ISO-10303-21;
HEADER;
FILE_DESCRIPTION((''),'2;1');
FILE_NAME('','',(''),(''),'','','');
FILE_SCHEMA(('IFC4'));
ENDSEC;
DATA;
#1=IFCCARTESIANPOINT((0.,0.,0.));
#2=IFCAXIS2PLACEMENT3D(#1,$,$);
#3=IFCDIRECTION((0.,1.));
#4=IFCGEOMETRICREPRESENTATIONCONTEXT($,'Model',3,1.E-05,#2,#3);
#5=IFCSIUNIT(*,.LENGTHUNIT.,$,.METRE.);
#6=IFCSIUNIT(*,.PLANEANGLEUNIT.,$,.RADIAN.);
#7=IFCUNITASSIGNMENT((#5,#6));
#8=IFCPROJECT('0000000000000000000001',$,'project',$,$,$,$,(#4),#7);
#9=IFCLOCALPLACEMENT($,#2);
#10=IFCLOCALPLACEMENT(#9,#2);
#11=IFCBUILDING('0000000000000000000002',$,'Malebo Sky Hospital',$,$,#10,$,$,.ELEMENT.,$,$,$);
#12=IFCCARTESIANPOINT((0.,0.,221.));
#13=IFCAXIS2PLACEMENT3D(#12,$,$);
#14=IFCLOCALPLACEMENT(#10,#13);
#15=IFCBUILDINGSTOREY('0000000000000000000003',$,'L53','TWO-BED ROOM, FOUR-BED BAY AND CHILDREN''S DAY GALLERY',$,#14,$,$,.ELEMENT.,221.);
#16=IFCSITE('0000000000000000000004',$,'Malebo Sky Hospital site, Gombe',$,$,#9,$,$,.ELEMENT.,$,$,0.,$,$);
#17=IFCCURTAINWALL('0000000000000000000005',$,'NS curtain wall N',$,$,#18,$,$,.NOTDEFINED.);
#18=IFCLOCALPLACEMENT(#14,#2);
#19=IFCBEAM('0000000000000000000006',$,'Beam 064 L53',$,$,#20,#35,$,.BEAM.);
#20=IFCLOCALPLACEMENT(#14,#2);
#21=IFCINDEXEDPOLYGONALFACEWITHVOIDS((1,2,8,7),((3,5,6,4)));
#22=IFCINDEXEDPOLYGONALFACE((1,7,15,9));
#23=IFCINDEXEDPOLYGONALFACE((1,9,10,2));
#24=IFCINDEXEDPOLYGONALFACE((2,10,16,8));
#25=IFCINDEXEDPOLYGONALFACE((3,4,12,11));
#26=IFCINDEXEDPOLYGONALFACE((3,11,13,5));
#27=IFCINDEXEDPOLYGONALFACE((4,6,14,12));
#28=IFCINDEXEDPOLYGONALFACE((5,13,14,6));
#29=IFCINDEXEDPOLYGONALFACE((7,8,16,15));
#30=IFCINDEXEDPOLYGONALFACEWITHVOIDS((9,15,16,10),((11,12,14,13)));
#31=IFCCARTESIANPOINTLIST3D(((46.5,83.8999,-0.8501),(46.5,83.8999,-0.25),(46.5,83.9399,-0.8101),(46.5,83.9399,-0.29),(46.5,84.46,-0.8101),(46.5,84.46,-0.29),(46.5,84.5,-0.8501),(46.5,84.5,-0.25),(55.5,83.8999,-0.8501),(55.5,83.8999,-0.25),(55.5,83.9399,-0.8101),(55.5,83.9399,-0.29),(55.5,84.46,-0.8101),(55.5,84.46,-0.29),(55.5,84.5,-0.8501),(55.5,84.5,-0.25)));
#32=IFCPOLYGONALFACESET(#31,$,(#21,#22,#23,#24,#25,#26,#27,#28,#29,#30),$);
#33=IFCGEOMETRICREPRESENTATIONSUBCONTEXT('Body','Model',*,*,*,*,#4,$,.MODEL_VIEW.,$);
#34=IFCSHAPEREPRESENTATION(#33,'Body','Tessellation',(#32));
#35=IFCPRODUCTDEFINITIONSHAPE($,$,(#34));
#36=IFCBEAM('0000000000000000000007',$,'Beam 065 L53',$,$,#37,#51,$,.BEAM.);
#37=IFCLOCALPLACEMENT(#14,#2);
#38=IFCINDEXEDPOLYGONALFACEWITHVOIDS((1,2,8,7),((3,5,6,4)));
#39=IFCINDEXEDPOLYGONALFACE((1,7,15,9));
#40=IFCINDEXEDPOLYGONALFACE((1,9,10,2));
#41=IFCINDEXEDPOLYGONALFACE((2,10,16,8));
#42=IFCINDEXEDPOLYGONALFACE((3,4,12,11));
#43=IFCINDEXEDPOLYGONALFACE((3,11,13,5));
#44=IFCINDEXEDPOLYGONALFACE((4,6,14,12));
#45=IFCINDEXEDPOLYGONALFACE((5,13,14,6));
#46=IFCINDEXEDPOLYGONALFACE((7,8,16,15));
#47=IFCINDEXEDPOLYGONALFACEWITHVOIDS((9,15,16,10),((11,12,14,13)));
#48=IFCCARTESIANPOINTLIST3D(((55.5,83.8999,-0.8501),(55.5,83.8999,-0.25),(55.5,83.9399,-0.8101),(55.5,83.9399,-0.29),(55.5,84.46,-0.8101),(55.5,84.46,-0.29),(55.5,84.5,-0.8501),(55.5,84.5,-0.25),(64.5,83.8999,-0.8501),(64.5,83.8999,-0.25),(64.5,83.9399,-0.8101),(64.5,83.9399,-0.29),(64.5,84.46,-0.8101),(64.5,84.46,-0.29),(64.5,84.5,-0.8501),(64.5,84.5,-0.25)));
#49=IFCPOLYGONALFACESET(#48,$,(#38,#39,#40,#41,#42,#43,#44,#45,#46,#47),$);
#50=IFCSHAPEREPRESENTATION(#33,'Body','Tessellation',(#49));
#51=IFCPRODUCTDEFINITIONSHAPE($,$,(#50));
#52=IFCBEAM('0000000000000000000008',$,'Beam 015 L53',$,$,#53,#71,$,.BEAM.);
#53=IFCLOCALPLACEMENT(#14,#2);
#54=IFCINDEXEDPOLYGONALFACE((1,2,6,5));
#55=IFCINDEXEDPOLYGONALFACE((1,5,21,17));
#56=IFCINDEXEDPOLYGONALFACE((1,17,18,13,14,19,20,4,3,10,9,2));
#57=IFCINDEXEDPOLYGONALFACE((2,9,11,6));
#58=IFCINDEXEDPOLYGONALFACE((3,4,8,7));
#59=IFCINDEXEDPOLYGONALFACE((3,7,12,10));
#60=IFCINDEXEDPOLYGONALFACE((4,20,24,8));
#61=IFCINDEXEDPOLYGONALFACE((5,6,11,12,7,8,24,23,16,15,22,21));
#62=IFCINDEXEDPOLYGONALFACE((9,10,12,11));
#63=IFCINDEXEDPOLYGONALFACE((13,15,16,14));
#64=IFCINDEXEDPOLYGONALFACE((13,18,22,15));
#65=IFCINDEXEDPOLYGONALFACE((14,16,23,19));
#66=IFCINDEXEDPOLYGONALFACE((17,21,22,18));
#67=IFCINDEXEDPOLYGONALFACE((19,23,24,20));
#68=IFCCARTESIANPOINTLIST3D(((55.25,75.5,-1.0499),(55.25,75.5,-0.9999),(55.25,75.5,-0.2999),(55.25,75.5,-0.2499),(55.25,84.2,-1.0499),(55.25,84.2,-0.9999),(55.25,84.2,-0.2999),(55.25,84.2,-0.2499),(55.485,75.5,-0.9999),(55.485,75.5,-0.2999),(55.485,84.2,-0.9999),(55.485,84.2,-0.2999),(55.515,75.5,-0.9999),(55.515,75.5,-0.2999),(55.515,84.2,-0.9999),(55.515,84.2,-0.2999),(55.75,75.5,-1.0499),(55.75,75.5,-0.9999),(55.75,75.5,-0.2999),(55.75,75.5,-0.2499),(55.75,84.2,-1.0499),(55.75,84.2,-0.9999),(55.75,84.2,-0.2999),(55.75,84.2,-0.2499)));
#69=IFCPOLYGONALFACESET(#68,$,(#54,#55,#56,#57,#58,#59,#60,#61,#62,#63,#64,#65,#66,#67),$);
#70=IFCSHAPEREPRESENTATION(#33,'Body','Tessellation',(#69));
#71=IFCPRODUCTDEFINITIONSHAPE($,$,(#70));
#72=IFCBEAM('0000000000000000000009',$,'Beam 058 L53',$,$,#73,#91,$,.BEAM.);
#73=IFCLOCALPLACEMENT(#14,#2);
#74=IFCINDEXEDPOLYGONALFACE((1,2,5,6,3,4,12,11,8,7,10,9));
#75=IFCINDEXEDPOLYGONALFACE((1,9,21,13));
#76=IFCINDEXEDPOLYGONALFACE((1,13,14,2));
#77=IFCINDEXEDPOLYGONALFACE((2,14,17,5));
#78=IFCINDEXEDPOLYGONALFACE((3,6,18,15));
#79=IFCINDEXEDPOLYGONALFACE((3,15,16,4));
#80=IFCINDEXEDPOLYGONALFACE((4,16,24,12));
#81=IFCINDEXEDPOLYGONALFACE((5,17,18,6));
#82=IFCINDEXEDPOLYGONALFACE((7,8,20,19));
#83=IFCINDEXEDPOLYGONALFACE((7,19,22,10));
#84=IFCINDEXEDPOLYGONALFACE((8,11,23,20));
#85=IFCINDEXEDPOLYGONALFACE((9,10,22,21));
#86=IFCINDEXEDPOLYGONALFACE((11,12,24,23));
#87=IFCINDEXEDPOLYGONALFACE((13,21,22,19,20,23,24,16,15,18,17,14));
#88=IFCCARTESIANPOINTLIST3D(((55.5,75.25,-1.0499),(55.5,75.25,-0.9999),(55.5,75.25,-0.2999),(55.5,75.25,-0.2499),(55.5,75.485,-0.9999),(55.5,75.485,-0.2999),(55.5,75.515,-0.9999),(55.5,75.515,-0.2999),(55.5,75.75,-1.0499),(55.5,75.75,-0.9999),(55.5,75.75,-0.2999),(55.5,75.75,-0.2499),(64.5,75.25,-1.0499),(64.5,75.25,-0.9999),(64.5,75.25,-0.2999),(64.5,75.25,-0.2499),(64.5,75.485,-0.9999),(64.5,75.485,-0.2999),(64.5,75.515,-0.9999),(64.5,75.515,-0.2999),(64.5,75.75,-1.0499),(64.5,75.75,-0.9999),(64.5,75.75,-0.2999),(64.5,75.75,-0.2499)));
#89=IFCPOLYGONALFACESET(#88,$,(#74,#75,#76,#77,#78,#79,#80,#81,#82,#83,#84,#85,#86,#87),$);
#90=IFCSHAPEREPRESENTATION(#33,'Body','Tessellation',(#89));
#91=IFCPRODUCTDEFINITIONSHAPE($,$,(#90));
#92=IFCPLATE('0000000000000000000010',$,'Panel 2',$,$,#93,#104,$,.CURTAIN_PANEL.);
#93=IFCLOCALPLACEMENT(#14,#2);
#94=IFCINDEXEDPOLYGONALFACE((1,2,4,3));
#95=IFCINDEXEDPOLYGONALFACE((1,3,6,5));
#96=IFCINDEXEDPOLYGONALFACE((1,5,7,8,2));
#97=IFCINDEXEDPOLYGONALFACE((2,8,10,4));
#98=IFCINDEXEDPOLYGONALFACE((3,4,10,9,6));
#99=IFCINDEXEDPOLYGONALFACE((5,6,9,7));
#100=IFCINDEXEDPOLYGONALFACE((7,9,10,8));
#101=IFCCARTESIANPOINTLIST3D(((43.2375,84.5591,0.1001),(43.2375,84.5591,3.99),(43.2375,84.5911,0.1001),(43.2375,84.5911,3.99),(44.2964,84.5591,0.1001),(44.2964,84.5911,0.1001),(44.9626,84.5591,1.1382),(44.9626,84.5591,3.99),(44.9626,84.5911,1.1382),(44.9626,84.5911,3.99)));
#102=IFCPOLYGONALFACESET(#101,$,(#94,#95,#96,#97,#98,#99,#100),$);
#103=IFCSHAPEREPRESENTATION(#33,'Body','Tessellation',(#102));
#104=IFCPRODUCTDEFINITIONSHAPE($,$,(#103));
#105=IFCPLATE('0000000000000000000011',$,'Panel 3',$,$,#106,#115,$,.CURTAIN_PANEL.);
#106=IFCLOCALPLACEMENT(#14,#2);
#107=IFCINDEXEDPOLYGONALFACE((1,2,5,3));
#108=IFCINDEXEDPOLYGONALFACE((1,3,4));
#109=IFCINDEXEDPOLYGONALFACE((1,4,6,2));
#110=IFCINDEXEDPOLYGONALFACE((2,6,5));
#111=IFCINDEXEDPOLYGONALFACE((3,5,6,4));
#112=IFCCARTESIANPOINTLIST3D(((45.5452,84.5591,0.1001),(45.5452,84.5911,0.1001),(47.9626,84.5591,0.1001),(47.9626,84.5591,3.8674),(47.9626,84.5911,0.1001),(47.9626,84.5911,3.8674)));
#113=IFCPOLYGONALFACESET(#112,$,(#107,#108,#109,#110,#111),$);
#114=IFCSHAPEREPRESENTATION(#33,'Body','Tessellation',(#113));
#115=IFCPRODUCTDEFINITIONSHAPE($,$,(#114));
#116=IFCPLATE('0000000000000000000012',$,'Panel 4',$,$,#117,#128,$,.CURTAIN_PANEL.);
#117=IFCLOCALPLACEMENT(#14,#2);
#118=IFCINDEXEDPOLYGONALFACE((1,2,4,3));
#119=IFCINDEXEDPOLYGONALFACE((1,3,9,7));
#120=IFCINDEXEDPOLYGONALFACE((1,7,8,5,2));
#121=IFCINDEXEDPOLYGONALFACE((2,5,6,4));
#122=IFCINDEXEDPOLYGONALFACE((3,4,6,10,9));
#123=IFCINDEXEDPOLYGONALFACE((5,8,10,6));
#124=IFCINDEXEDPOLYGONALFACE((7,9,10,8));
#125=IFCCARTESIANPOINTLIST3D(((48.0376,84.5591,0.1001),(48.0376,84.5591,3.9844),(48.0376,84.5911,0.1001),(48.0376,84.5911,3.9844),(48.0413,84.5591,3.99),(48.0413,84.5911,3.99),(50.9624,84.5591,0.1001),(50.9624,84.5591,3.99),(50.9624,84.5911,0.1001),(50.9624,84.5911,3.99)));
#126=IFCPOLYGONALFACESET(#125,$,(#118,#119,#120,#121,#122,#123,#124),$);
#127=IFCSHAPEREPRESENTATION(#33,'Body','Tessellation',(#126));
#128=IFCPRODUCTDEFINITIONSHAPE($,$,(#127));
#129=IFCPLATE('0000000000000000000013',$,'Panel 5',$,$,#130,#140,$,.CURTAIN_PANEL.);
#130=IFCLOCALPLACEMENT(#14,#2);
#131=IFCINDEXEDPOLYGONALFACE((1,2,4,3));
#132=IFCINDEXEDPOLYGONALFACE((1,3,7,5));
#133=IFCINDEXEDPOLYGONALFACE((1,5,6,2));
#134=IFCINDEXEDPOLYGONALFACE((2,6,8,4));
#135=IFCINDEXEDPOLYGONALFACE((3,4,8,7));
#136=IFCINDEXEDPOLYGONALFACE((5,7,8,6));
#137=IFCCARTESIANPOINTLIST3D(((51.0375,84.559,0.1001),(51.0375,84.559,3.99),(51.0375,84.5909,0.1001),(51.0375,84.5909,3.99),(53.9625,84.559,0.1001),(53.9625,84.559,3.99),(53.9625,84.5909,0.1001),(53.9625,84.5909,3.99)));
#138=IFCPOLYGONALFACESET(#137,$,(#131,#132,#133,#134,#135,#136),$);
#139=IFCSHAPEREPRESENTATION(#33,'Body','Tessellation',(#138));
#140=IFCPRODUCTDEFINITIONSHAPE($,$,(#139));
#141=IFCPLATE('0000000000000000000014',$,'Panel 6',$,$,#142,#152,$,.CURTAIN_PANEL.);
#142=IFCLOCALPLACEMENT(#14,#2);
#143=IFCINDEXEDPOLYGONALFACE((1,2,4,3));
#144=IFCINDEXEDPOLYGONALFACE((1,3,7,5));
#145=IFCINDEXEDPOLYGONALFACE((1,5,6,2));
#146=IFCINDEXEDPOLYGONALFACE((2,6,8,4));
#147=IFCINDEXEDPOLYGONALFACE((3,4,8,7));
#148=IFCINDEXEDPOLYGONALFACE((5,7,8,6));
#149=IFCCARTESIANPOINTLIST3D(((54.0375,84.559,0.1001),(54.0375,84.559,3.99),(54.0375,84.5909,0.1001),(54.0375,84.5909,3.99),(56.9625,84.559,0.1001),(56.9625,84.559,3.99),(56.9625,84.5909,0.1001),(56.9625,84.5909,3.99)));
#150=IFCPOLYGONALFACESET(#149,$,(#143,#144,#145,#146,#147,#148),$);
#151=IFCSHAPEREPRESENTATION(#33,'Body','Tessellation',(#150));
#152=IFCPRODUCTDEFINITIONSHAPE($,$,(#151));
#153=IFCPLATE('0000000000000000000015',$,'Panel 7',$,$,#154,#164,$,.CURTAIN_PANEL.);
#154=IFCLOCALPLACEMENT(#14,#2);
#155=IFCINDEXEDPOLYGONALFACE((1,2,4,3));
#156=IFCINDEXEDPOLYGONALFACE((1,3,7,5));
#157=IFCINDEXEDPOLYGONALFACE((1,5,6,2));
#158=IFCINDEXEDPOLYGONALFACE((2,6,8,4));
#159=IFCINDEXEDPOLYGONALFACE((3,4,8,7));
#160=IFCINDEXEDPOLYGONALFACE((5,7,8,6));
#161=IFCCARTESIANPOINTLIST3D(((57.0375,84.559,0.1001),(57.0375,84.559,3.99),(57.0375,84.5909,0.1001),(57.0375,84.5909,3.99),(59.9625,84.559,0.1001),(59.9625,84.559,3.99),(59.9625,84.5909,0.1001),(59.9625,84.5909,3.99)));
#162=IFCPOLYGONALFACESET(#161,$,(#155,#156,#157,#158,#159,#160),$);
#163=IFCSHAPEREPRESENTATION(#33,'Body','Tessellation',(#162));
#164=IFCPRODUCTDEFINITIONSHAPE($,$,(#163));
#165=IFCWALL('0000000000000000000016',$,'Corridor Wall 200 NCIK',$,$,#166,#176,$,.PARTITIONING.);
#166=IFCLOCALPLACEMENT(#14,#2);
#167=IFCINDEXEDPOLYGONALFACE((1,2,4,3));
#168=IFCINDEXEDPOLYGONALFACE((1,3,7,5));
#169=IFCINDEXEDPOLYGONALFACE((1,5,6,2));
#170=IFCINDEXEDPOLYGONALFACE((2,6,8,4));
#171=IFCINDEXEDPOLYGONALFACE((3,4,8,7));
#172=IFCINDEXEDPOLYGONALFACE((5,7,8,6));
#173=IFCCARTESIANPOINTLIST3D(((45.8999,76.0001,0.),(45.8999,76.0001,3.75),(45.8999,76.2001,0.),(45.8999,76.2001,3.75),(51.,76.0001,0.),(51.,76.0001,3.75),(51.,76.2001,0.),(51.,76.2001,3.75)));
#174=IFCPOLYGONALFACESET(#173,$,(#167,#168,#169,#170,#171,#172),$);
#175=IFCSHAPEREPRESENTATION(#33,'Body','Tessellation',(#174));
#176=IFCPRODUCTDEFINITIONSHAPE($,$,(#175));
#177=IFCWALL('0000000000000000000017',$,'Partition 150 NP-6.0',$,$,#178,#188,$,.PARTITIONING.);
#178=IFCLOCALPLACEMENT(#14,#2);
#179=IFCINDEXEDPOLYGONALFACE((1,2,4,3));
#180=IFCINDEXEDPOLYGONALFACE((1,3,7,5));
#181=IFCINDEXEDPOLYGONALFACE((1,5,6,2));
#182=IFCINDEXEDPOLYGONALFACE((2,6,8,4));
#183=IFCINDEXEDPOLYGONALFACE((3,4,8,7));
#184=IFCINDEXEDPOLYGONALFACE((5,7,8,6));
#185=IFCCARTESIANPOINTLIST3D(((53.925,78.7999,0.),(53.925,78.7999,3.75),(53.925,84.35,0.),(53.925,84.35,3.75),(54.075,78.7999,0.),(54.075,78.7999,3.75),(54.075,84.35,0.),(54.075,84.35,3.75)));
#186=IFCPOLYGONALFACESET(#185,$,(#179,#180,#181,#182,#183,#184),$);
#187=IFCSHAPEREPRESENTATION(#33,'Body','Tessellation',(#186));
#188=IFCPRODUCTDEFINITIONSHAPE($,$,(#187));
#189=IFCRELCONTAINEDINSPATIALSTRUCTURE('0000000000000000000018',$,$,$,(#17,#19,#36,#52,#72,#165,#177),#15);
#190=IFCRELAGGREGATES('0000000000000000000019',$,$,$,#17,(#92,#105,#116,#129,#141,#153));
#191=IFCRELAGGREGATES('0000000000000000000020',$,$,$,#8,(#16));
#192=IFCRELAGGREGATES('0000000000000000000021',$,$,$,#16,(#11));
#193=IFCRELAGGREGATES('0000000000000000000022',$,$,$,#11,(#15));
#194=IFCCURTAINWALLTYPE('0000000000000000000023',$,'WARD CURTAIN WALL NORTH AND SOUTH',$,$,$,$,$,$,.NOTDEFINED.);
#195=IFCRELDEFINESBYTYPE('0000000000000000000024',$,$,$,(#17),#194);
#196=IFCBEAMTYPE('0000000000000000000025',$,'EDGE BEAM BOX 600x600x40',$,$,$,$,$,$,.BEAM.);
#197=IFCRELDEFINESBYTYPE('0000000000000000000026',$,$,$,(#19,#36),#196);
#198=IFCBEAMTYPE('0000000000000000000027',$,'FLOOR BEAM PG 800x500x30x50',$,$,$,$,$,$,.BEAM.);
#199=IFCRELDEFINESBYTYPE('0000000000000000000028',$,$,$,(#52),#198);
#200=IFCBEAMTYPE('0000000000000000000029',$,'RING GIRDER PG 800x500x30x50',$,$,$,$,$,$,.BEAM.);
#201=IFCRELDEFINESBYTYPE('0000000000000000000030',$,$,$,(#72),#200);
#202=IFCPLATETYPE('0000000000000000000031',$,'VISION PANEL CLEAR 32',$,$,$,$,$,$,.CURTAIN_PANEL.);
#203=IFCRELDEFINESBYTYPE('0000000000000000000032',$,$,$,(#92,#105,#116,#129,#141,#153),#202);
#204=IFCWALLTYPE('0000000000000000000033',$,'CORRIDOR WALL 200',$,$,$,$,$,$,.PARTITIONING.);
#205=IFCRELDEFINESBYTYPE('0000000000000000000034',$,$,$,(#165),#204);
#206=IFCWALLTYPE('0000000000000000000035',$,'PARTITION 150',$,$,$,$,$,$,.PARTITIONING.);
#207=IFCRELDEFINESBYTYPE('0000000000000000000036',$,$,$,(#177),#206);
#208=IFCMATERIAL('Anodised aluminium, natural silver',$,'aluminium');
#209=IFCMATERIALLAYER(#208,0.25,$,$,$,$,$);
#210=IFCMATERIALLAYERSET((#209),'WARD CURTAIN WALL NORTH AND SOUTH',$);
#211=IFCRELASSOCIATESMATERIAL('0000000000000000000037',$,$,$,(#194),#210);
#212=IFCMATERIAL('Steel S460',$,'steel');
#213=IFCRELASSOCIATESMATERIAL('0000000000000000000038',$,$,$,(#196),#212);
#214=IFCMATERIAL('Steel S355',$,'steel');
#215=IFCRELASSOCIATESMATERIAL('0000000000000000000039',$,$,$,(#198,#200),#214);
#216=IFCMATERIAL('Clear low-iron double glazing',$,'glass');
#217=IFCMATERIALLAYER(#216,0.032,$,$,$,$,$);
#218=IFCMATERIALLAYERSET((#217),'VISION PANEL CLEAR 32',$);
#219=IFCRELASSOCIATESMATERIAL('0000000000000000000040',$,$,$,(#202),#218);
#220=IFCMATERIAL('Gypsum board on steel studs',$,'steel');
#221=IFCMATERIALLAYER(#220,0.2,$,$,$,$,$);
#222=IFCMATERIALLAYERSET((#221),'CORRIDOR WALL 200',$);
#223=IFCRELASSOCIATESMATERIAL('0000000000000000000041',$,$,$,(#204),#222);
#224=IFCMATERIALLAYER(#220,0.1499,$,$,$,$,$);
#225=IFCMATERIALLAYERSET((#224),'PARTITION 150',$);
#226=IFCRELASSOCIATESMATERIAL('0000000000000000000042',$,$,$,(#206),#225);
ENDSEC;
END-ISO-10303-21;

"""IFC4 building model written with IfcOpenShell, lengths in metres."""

from ifc_helpers import new_model, si_unit, direction, frame, frame_2d, origin, origin_2d, place, context, subcontext, project, spatial, polyline, rectangle, hollow_rectangle, i_section, outline, extrude, material, layer, layer_set, material_profile, profile_set, type_object, element, aggregate, save


model = new_model("IFC4")

# Units and contexts
model_context = context("Model", 3, precision=1e-05, world=origin(), true_north=direction((0.0, 1.0)))
body_context = subcontext(model_context, "Body", "Model", "MODEL_VIEW")
ifc_project = project(units=[si_unit("LENGTHUNIT", "METRE"), si_unit("PLANEANGLEUNIT", "RADIAN")], contexts=[model_context])

# Site, building, storey
site_placement = place(None, origin())
site = spatial("IfcSite", under=ifc_project, at=site_placement, Name="Malebo Sky Hospital site, Gombe", CompositionType="ELEMENT", RefElevation=0.0)
building_placement = place(site_placement, origin())
building = spatial("IfcBuilding", under=site, at=building_placement, Name="Malebo Sky Hospital", CompositionType="ELEMENT")
storey_placement = place(building_placement, frame((0.0, 0.0, 221.0)))
storey = spatial("IfcBuildingStorey", under=building, at=storey_placement, Name="L53", Description="TWO-BED ROOM, FOUR-BED BAY AND CHILDREN'S DAY GALLERY", CompositionType="ELEMENT", Elevation=221.0)

# Shared definitions
ifc_material_1 = material(Name="Steel S460", Category="steel")

# Curtain wall
ifc_material_2 = material(Name="Anodised aluminium, natural silver", Category="aluminium")
ifc_layer_1 = layer(ifc_material_2, 0.25)
ifc_layer_set_1 = layer_set([ifc_layer_1], Name="WARD CURTAIN WALL NORTH AND SOUTH")
curtain_wall_type = type_object("IfcCurtainWallType", Name="WARD CURTAIN WALL NORTH AND SOUTH", PredefinedType="NOTDEFINED", material=ifc_layer_set_1)
curtain_wall_placement = place(storey_placement, origin())
curtain_wall = element("IfcCurtainWall", 1, at=curtain_wall_placement, inside=storey, type_object=curtain_wall_type, Name="NS curtain wall N", PredefinedType="NOTDEFINED")

# Shared definitions
ifc_material_3 = material(Name="Steel S355", Category="steel")

# Beams
ifc_material_profile_1 = material_profile(ifc_material_1, hollow_rectangle(XDim=0.6001, YDim=0.6001, WallThickness=0.04, at=origin_2d()), Name="BOX 600x600x40")
ifc_profile_set_1 = profile_set([ifc_material_profile_1], Name="Steel S460")
beam_type_1 = type_object("IfcBeamType", Name="EDGE BEAM BOX 600x600x40", PredefinedType="BEAM", material=ifc_profile_set_1)
for number, where, z_axis, x_axis, name in (
    (2, (46.5, 84.2, -0.55), (1.0, 0.0, 0.0), (0.0, 1.0, 0.0), "Beam 064 L53"),
    (3, (55.5, 84.2, -0.55), (1.0, 0.0, 0.0), (0.0, 1.0, 0.0), "Beam 065 L53"),
):
    element("IfcBeam", number, at=place(storey_placement, frame(where, z_axis=z_axis, x_axis=x_axis)), inside=storey, type_object=beam_type_1, Name=name, PredefinedType="BEAM", context=body_context, shape_type="SweptSolid", body=[
        extrude(hollow_rectangle(XDim=0.6001, YDim=0.6001, WallThickness=0.04, at=origin_2d()), origin(), (0.0, 0.0, 1.0), 9.0),
    ])
ifc_material_profile_2 = material_profile(ifc_material_3, i_section(OverallWidth=0.5, OverallDepth=0.8, WebThickness=0.03, FlangeThickness=0.05, at=origin_2d()), Name="PG 800x500x30x50")
ifc_profile_set_2 = profile_set([ifc_material_profile_2], Name="Steel S355")
beam_type_2 = type_object("IfcBeamType", Name="FLOOR BEAM PG 800x500x30x50", PredefinedType="BEAM", material=ifc_profile_set_2)
beam_1_placement = place(storey_placement, frame((55.5, 75.5, -0.6499), z_axis=(0.0, 1.0, 0.0), x_axis=(-1.0, 0.0, 0.0)))
element("IfcBeam", 4, at=beam_1_placement, inside=storey, type_object=beam_type_2, Name="Beam 015 L53", PredefinedType="BEAM", context=body_context, shape_type="SweptSolid", body=[
    extrude(i_section(OverallWidth=0.5, OverallDepth=0.8, WebThickness=0.03, FlangeThickness=0.05, at=origin_2d()), origin(), (0.0, 0.0, 1.0), 8.7),
])
ifc_material_profile_3 = material_profile(ifc_material_3, i_section(OverallWidth=0.5, OverallDepth=0.8, WebThickness=0.03, FlangeThickness=0.05, at=origin_2d()), Name="PG 800x500x30x50")
ifc_profile_set_3 = profile_set([ifc_material_profile_3], Name="Steel S355")
beam_type_3 = type_object("IfcBeamType", Name="RING GIRDER PG 800x500x30x50", PredefinedType="BEAM", material=ifc_profile_set_3)
beam_2_placement = place(storey_placement, frame((55.5, 75.5, -0.6499), z_axis=(1.0, 0.0, 0.0), x_axis=(0.0, 1.0, 0.0)))
element("IfcBeam", 5, at=beam_2_placement, inside=storey, type_object=beam_type_3, Name="Beam 058 L53", PredefinedType="BEAM", context=body_context, shape_type="SweptSolid", body=[
    extrude(i_section(OverallWidth=0.5, OverallDepth=0.8, WebThickness=0.03, FlangeThickness=0.05, at=origin_2d()), origin(), (0.0, 0.0, 1.0), 9.0),
])

# Plates
ifc_material_4 = material(Name="Clear low-iron double glazing", Category="glass")
ifc_layer_2 = layer(ifc_material_4, 0.032)
ifc_layer_set_2 = layer_set([ifc_layer_2], Name="VISION PANEL CLEAR 32")
plate_type = type_object("IfcPlateType", Name="VISION PANEL CLEAR 32", PredefinedType="CURTAIN_PANEL", material=ifc_layer_set_2)
plate_1_placement = place(storey_placement, frame((44.1001, 84.575, 0.1001), z_axis=(0.0, 0.0, 1.0), x_axis=(1.0, 0.0, 0.0)))
plate_1 = element("IfcPlate", 6, at=plate_1_placement, type_object=plate_type, Name="Panel 2", PredefinedType="CURTAIN_PANEL", context=body_context, shape_type="SweptSolid", body=[
    extrude(outline(polyline([(-0.8625, 0.0), (0.1963, 0.0), (0.8625, 1.0381), (0.8625, 3.8899), (-0.8625, 3.8899), (-0.8625, 0.0)])), frame((0.0, 0.0161, 0.0), z_axis=(0.0, -1.0, 0.0), x_axis=(1.0, 0.0, 0.0)), (0.0, 0.0, 1.0), 0.032),
])
plate_2_placement = place(storey_placement, frame((46.7539, 84.575, 0.1001), z_axis=(0.0, 0.0, 1.0), x_axis=(1.0, 0.0, 0.0)))
plate_2 = element("IfcPlate", 7, at=plate_2_placement, type_object=plate_type, Name="Panel 3", PredefinedType="CURTAIN_PANEL", context=body_context, shape_type="SweptSolid", body=[
    extrude(outline(polyline([(-1.2087, 0.0), (1.2087, 0.0), (1.2087, 3.7673), (-1.2087, 0.0)])), frame((0.0, 0.0161, 0.0), z_axis=(0.0, -1.0, 0.0), x_axis=(1.0, 0.0, 0.0)), (0.0, 0.0, 1.0), 0.032),
])
plate_3_placement = place(storey_placement, frame((49.5, 84.575, 0.1001), z_axis=(0.0, 0.0, 1.0), x_axis=(1.0, 0.0, 0.0)))
plate_3 = element("IfcPlate", 8, at=plate_3_placement, type_object=plate_type, Name="Panel 4", PredefinedType="CURTAIN_PANEL", context=body_context, shape_type="SweptSolid", body=[
    extrude(outline(polyline([(-1.4624, 0.0), (1.4624, 0.0), (1.4624, 3.8899), (-1.4587, 3.8899), (-1.4624, 3.8843), (-1.4624, 0.0)])), frame((0.0, 0.0161, 0.0), z_axis=(0.0, -1.0, 0.0), x_axis=(1.0, 0.0, 0.0)), (0.0, 0.0, 1.0), 0.032),
])
plate_4_placement = place(storey_placement, frame((52.5, 84.575, 0.1001), z_axis=(0.0, 0.0, 1.0), x_axis=(1.0, 0.0, 0.0)))
plate_4 = element("IfcPlate", 9, at=plate_4_placement, type_object=plate_type, Name="Panel 5", PredefinedType="CURTAIN_PANEL", context=body_context, shape_type="SweptSolid", body=[
    extrude(rectangle(XDim=2.925, YDim=0.032, at=origin_2d()), origin(), (0.0, 0.0, 1.0), 3.8899),
])
plate_5_placement = place(storey_placement, frame((55.5, 84.575, 0.1001), z_axis=(0.0, 0.0, 1.0), x_axis=(1.0, 0.0, 0.0)))
plate_5 = element("IfcPlate", 10, at=plate_5_placement, type_object=plate_type, Name="Panel 6", PredefinedType="CURTAIN_PANEL", context=body_context, shape_type="SweptSolid", body=[
    extrude(rectangle(XDim=2.925, YDim=0.032, at=origin_2d()), origin(), (0.0, 0.0, 1.0), 3.8899),
])
plate_6_placement = place(storey_placement, frame((58.5, 84.575, 0.1001), z_axis=(0.0, 0.0, 1.0), x_axis=(1.0, 0.0, 0.0)))
plate_6 = element("IfcPlate", 11, at=plate_6_placement, type_object=plate_type, Name="Panel 7", PredefinedType="CURTAIN_PANEL", context=body_context, shape_type="SweptSolid", body=[
    extrude(rectangle(XDim=2.925, YDim=0.032, at=origin_2d()), origin(), (0.0, 0.0, 1.0), 3.8899),
])
aggregate(curtain_wall, [plate_1, plate_2, plate_3, plate_4, plate_5, plate_6])

# Walls
ifc_material_5 = material(Name="Gypsum board on steel studs", Category="steel")
ifc_layer_3 = layer(ifc_material_5, 0.2)
ifc_layer_set_3 = layer_set([ifc_layer_3], Name="CORRIDOR WALL 200")
wall_type_1 = type_object("IfcWallType", Name="CORRIDOR WALL 200", PredefinedType="PARTITIONING", material=ifc_layer_set_3)
wall_1_placement = place(storey_placement, frame((45.8999, 76.1001, 0.0), z_axis=(0.0, 0.0, 1.0), x_axis=(1.0, 0.0, 0.0)))
element("IfcWall", 12, at=wall_1_placement, inside=storey, type_object=wall_type_1, Name="Corridor Wall 200 NCIK", PredefinedType="PARTITIONING", context=body_context, shape_type="SweptSolid", body=[
    extrude(rectangle(XDim=5.1001, YDim=0.2, at=frame_2d((2.55, 0.0))), origin(), (0.0, 0.0, 1.0), 3.75),
])
ifc_layer_4 = layer(ifc_material_5, 0.1499)
ifc_layer_set_4 = layer_set([ifc_layer_4], Name="PARTITION 150")
wall_type_2 = type_object("IfcWallType", Name="PARTITION 150", PredefinedType="PARTITIONING", material=ifc_layer_set_4)
wall_2_placement = place(storey_placement, frame((54.0, 78.8, 0.0), z_axis=(0.0, 0.0, 1.0), x_axis=(0.0, 1.0, 0.0)))
element("IfcWall", 13, at=wall_2_placement, inside=storey, type_object=wall_type_2, Name="Partition 150 NP-6.0", PredefinedType="PARTITIONING", context=body_context, shape_type="SweptSolid", body=[
    extrude(rectangle(XDim=5.55, YDim=0.1499, at=frame_2d((2.7749, 0.0))), origin(), (0.0, 0.0, 1.0), 3.75),
])

save(model, "model.ifc")
